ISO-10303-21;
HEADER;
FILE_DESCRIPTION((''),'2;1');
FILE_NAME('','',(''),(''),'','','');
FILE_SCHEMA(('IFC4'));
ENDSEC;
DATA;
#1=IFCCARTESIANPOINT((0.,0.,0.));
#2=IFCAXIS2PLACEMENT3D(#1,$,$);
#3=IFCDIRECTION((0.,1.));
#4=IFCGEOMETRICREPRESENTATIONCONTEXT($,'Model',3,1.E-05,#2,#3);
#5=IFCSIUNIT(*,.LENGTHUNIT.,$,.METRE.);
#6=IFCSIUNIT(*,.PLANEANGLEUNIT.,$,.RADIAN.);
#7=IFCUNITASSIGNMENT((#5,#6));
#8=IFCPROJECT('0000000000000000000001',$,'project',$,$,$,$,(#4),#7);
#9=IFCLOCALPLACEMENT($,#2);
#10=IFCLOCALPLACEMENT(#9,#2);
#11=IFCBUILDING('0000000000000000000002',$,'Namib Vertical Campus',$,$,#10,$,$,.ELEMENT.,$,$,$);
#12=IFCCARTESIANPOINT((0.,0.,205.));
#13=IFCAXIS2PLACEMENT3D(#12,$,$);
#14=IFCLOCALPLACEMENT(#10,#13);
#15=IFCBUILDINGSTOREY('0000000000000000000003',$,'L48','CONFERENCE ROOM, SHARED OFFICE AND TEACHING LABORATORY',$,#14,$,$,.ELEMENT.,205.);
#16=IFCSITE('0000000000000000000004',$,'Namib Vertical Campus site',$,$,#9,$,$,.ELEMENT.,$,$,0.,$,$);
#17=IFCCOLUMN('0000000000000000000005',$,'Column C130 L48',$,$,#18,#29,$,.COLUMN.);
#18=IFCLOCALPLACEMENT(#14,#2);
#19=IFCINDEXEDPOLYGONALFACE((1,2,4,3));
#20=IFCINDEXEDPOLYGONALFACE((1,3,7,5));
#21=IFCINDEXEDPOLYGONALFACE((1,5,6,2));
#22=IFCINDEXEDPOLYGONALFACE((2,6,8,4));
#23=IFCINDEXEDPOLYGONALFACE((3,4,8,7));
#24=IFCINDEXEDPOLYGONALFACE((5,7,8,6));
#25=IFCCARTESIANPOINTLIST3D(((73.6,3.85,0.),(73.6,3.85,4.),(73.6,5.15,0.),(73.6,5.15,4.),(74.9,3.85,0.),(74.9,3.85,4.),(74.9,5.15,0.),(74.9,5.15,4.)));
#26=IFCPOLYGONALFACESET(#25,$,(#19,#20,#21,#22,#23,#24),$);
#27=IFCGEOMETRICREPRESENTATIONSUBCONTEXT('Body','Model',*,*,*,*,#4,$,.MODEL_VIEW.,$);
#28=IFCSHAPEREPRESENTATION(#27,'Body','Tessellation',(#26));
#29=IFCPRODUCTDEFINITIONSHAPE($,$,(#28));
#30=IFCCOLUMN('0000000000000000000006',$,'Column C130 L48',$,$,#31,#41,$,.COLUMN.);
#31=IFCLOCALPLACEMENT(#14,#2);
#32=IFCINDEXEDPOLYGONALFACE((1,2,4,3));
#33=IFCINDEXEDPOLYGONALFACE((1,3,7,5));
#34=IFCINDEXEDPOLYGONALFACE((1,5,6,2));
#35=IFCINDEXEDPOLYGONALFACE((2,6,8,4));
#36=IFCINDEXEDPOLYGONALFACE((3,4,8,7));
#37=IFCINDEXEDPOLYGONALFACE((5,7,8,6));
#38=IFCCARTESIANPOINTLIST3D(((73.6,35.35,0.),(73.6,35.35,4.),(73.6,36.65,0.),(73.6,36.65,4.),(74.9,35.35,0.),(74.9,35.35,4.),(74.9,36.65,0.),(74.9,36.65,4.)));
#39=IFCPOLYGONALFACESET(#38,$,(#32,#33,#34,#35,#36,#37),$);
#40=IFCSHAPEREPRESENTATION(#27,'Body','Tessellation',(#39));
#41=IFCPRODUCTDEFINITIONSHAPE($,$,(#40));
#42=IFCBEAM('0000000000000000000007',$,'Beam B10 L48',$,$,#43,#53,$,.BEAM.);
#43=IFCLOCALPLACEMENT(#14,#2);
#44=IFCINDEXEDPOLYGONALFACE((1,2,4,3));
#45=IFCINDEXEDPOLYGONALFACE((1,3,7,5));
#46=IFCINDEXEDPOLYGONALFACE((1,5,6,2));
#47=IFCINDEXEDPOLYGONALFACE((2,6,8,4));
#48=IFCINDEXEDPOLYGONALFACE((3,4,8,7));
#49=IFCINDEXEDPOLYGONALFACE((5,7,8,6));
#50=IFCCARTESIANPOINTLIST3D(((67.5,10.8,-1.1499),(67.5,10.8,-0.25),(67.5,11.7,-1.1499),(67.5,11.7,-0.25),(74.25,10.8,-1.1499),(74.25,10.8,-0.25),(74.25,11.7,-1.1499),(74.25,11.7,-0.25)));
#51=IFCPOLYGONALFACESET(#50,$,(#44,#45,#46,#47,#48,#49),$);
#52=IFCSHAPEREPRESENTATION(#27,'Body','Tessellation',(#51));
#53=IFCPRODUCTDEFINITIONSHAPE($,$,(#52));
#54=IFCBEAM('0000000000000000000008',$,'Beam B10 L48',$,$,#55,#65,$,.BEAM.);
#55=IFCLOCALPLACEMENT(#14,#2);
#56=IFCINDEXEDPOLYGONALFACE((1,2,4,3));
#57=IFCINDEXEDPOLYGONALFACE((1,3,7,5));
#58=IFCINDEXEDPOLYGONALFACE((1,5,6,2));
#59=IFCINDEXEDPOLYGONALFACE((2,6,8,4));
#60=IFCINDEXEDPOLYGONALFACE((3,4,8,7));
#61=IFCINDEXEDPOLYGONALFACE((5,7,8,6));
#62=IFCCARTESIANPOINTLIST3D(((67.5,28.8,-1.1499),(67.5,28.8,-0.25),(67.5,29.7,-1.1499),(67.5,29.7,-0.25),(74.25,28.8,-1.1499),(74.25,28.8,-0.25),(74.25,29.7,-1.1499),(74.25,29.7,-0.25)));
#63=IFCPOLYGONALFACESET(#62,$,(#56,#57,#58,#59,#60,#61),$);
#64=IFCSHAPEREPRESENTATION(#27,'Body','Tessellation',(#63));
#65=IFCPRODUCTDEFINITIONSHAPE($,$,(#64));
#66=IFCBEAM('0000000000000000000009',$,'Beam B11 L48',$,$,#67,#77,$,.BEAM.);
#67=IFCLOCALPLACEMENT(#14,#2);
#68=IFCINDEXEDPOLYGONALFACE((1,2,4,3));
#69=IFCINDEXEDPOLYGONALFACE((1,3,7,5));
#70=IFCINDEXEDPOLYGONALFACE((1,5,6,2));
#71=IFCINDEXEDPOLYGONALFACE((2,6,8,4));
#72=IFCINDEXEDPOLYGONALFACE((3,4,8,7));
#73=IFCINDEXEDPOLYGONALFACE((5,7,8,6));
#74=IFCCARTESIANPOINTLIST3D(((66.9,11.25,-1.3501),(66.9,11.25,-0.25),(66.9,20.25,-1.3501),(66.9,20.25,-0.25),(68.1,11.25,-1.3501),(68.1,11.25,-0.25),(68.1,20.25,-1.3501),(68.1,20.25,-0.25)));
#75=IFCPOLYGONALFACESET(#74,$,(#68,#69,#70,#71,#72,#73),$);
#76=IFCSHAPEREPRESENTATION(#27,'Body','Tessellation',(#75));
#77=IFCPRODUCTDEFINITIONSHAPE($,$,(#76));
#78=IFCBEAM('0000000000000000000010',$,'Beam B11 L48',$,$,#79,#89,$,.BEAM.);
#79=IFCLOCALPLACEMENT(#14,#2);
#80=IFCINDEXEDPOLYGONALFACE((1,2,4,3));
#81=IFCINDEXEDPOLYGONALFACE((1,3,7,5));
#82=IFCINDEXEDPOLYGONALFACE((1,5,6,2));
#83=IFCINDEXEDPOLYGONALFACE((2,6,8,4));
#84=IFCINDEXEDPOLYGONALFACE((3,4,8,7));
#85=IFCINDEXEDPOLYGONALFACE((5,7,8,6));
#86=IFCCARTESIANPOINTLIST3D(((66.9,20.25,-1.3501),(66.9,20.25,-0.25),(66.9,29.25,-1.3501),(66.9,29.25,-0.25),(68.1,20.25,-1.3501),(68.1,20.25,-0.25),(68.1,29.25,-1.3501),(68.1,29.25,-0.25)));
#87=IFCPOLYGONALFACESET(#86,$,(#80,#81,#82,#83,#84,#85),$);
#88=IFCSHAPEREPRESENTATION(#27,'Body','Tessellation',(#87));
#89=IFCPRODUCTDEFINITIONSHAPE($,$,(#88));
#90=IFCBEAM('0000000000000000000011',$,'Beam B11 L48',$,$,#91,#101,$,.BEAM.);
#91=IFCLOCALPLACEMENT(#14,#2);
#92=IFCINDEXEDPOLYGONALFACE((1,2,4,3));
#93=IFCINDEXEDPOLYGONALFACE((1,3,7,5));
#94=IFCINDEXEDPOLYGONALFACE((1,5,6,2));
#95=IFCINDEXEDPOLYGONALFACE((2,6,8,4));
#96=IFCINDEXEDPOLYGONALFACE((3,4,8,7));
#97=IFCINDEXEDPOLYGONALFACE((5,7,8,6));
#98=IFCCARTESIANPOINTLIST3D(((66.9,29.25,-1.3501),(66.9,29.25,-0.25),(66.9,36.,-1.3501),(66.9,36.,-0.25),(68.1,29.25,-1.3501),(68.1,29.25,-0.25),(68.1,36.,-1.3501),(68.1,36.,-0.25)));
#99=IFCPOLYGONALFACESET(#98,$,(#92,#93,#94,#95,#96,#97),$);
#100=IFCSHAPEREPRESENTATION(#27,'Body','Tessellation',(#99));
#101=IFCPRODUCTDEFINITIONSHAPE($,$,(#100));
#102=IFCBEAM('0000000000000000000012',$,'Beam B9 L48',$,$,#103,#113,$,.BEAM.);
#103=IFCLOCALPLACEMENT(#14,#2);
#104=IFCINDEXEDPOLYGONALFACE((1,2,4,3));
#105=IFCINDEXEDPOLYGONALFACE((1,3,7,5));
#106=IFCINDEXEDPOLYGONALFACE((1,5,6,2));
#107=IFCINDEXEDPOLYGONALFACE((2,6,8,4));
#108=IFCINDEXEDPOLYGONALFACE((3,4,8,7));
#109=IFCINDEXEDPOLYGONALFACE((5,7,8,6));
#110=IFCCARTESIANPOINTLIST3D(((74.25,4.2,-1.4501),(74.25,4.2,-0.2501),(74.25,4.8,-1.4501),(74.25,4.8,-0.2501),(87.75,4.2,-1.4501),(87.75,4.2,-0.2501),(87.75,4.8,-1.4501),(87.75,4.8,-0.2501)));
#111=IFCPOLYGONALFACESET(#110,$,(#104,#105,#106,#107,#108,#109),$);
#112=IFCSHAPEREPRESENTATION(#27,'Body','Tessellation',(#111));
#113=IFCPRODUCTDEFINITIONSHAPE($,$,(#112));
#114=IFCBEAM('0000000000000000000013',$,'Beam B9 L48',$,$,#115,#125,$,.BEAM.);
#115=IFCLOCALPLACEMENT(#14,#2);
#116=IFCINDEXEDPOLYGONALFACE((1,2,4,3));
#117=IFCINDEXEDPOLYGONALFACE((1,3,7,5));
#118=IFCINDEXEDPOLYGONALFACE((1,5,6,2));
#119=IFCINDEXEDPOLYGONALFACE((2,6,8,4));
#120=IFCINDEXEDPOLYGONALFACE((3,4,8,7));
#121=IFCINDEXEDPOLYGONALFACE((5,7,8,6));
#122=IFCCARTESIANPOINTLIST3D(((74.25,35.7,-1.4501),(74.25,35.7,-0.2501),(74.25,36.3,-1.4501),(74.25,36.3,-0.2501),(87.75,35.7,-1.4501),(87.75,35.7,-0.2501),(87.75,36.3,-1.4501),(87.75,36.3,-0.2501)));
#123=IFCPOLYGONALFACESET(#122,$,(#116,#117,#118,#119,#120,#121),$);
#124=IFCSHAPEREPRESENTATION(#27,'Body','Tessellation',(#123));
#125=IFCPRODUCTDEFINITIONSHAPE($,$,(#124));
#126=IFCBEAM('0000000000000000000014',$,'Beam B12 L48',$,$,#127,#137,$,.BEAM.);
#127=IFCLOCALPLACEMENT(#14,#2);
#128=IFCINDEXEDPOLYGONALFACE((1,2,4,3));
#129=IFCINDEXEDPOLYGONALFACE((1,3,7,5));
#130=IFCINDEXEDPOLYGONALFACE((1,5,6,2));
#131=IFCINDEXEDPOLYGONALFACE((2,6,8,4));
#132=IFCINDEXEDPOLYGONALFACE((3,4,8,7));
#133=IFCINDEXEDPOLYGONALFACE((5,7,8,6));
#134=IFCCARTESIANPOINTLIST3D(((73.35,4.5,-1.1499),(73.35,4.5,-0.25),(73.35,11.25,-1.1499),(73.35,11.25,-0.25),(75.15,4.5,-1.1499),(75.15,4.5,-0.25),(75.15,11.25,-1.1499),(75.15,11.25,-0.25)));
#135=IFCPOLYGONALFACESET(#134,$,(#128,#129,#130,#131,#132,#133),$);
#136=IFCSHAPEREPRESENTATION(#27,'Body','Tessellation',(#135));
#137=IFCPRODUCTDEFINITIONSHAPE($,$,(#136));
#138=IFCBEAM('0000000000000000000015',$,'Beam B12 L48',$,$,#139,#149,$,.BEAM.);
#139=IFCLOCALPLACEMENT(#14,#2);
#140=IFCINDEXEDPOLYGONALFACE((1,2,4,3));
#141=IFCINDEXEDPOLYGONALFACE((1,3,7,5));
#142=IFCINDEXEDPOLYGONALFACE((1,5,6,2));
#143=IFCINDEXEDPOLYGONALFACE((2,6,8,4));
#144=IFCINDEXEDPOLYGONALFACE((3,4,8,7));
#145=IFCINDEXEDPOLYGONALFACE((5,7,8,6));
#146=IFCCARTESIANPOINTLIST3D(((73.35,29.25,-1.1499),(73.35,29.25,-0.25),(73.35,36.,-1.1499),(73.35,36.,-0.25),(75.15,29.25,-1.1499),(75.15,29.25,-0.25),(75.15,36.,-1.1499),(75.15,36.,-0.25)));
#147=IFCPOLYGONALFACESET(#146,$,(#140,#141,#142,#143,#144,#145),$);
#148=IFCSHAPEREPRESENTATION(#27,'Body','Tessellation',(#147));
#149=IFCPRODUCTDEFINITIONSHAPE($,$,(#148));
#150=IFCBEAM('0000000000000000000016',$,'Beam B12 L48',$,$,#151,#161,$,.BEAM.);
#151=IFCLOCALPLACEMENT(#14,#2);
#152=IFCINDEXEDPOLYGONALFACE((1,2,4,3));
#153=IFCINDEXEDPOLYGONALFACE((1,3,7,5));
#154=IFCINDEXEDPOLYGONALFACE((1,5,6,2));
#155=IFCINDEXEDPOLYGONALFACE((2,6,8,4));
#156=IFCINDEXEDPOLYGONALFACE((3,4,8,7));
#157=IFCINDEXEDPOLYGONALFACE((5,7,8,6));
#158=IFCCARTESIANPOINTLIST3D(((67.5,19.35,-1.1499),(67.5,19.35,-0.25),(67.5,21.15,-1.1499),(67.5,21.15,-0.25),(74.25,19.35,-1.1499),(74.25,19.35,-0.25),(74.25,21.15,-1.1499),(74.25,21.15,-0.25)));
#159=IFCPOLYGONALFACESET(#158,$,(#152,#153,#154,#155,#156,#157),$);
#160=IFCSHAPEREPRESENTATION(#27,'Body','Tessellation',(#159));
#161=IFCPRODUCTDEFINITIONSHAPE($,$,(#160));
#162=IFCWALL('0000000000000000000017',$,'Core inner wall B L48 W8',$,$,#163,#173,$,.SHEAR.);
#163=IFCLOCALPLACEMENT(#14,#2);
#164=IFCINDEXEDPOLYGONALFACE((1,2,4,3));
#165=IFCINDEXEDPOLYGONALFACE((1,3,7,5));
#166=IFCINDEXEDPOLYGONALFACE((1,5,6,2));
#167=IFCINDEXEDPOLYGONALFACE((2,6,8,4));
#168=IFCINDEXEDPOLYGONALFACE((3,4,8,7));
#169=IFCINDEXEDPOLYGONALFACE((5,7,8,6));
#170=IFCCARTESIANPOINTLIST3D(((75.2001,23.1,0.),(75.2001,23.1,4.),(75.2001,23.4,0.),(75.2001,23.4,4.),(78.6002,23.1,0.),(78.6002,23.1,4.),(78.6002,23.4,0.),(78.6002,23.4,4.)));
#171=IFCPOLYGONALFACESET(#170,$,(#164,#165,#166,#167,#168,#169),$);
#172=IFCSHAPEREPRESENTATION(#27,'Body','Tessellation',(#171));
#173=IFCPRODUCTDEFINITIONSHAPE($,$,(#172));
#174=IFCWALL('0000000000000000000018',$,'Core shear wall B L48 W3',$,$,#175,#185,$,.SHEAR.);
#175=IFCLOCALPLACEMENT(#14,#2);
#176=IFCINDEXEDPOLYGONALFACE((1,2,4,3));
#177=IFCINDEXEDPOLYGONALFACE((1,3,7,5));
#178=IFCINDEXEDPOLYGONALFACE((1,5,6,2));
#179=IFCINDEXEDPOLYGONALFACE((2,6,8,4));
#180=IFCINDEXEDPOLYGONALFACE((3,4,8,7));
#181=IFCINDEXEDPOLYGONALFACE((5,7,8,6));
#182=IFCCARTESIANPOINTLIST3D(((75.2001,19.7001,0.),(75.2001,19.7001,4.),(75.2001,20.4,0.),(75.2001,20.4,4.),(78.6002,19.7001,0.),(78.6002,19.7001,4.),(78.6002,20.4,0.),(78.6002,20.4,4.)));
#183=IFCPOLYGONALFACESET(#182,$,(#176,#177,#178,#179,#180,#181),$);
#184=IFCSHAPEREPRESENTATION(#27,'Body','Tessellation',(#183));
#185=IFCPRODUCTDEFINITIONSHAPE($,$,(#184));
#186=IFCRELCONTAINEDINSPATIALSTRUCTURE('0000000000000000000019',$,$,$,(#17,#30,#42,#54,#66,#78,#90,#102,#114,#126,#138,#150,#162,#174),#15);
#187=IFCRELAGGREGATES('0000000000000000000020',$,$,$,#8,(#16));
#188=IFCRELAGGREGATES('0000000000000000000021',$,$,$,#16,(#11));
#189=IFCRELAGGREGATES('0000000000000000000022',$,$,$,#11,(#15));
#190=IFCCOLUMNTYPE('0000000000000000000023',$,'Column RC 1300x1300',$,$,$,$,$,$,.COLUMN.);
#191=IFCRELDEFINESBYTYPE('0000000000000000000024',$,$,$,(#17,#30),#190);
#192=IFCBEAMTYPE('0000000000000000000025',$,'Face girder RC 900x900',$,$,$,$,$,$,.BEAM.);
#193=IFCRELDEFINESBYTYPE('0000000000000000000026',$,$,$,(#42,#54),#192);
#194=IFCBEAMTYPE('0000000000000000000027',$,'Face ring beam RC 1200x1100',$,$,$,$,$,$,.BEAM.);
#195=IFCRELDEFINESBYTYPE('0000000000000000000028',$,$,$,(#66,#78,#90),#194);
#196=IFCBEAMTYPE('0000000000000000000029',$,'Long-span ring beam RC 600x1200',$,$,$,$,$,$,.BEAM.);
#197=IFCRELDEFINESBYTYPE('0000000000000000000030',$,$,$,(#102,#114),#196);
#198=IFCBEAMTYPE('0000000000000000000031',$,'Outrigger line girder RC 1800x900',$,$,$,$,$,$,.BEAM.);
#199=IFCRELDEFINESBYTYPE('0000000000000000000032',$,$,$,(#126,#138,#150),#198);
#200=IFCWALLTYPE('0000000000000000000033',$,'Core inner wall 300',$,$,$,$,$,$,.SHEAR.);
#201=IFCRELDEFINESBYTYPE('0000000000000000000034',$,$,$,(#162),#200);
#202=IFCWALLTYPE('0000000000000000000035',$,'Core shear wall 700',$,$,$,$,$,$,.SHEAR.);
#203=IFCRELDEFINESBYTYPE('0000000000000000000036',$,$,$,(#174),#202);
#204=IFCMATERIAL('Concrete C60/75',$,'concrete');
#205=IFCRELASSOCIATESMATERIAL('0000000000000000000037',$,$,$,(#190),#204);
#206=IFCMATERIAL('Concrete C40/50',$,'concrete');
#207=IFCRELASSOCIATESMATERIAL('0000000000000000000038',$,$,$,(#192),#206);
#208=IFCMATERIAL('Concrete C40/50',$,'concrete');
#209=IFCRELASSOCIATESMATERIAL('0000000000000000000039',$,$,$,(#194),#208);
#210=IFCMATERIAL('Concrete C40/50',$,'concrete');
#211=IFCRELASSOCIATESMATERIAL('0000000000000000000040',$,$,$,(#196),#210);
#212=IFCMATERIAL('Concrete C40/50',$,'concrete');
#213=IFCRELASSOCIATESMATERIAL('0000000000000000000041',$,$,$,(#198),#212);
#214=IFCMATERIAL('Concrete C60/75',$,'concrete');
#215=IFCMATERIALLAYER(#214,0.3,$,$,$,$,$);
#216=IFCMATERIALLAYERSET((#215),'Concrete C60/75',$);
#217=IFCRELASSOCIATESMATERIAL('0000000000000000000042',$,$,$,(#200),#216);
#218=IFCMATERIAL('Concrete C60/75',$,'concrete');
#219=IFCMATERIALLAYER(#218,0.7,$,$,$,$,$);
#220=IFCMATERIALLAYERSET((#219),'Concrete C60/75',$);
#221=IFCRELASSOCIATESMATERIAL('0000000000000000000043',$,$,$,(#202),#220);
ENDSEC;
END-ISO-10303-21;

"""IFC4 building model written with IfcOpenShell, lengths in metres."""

from ifc_helpers import new_model, si_unit, direction, frame, frame_2d, origin, origin_2d, place, context, subcontext, project, spatial, rectangle, extrude, material, layer, layer_set, material_profile, profile_set, type_object, element, save


model = new_model("IFC4")

# Units and contexts
model_context = context("Model", 3, precision=1e-05, world=origin(), true_north=direction((0.0, 1.0)))
body_context = subcontext(model_context, "Body", "Model", "MODEL_VIEW")
ifc_project = project(units=[si_unit("LENGTHUNIT", "METRE"), si_unit("PLANEANGLEUNIT", "RADIAN")], contexts=[model_context])

# Site, building, storey
site_placement = place(None, origin())
site = spatial("IfcSite", under=ifc_project, at=site_placement, Name="Namib Vertical Campus site", CompositionType="ELEMENT", RefElevation=0.0)
building_placement = place(site_placement, origin())
building = spatial("IfcBuilding", under=site, at=building_placement, Name="Namib Vertical Campus", CompositionType="ELEMENT")
storey_placement = place(building_placement, frame((0.0, 0.0, 205.0)))
storey = spatial("IfcBuildingStorey", under=building, at=storey_placement, Name="L48", Description="CONFERENCE ROOM, SHARED OFFICE AND TEACHING LABORATORY", CompositionType="ELEMENT", Elevation=205.0)

# Columns
ifc_material_1 = material(Name="Concrete C60/75", Category="concrete")
ifc_material_profile_1 = material_profile(ifc_material_1, rectangle(XDim=1.3, YDim=1.3, at=origin_2d()))
ifc_profile_set_1 = profile_set([ifc_material_profile_1], Name="Concrete C60/75")
column_type = type_object("IfcColumnType", Name="Column RC 1300x1300", PredefinedType="COLUMN", material=ifc_profile_set_1)
for number, where, z_axis, x_axis, name in (
    (1, (74.25, 4.5, 0.0), (0.0, 0.0, 1.0), (1.0, 0.0, 0.0), "Column C130 L48"),
    (2, (74.25, 36.0, 0.0), (0.0, 0.0, 1.0), (1.0, 0.0, 0.0), "Column C130 L48"),
):
    element("IfcColumn", number, at=place(storey_placement, frame(where, z_axis=z_axis, x_axis=x_axis)), inside=storey, type_object=column_type, Name=name, PredefinedType="COLUMN", context=body_context, shape_type="SweptSolid", body=[
        extrude(rectangle(XDim=1.3, YDim=1.3, at=origin_2d()), origin(), (0.0, 0.0, 1.0), 4.0),
    ])

# Beams
ifc_material_2 = material(Name="Concrete C40/50", Category="concrete")
ifc_material_profile_2 = material_profile(ifc_material_2, rectangle(XDim=0.8999, YDim=0.8999, at=origin_2d()))
ifc_profile_set_2 = profile_set([ifc_material_profile_2], Name="Concrete C40/50")
beam_type_1 = type_object("IfcBeamType", Name="Face girder RC 900x900", PredefinedType="BEAM", material=ifc_profile_set_2)
for number, where, z_axis, x_axis, name in (
    (3, (67.5, 11.25, -0.7), (1.0, 0.0, 0.0), (0.0, 1.0, 0.0), "Beam B10 L48"),
    (4, (67.5, 29.25, -0.7), (1.0, 0.0, 0.0), (0.0, 1.0, 0.0), "Beam B10 L48"),
):
    element("IfcBeam", number, at=place(storey_placement, frame(where, z_axis=z_axis, x_axis=x_axis)), inside=storey, type_object=beam_type_1, Name=name, PredefinedType="BEAM", context=body_context, shape_type="SweptSolid", body=[
        extrude(rectangle(XDim=0.8999, YDim=0.8999, at=origin_2d()), origin(), (0.0, 0.0, 1.0), 6.75),
    ])
ifc_material_3 = material(Name="Concrete C40/50", Category="concrete")
ifc_material_profile_3 = material_profile(ifc_material_3, rectangle(XDim=1.2, YDim=1.1001, at=origin_2d()))
ifc_profile_set_3 = profile_set([ifc_material_profile_3], Name="Concrete C40/50")
beam_type_2 = type_object("IfcBeamType", Name="Face ring beam RC 1200x1100", PredefinedType="BEAM", material=ifc_profile_set_3)
for number, where, z_axis, x_axis, name in (
    (5, (67.5, 11.25, -0.8), (0.0, 1.0, 0.0), (-1.0, 0.0, 0.0), "Beam B11 L48"),
    (6, (67.5, 20.25, -0.8), (0.0, 1.0, 0.0), (-1.0, 0.0, 0.0), "Beam B11 L48"),
):
    element("IfcBeam", number, at=place(storey_placement, frame(where, z_axis=z_axis, x_axis=x_axis)), inside=storey, type_object=beam_type_2, Name=name, PredefinedType="BEAM", context=body_context, shape_type="SweptSolid", body=[
        extrude(rectangle(XDim=1.2, YDim=1.1001, at=origin_2d()), origin(), (0.0, 0.0, 1.0), 9.0),
    ])
beam_placement = place(storey_placement, frame((67.5, 29.25, -0.8), z_axis=(0.0, 1.0, 0.0), x_axis=(-1.0, 0.0, 0.0)))
element("IfcBeam", 7, at=beam_placement, inside=storey, type_object=beam_type_2, Name="Beam B11 L48", PredefinedType="BEAM", context=body_context, shape_type="SweptSolid", body=[
    extrude(rectangle(XDim=1.2, YDim=1.1001, at=origin_2d()), origin(), (0.0, 0.0, 1.0), 6.75),
])
ifc_material_4 = material(Name="Concrete C40/50", Category="concrete")
ifc_material_profile_4 = material_profile(ifc_material_4, rectangle(XDim=0.6001, YDim=1.2, at=origin_2d()))
ifc_profile_set_4 = profile_set([ifc_material_profile_4], Name="Concrete C40/50")
beam_type_3 = type_object("IfcBeamType", Name="Long-span ring beam RC 600x1200", PredefinedType="BEAM", material=ifc_profile_set_4)
for number, where, z_axis, x_axis, name in (
    (8, (74.25, 4.5, -0.8501), (1.0, 0.0, 0.0), (0.0, 1.0, 0.0), "Beam B9 L48"),
    (9, (74.25, 36.0, -0.8501), (1.0, 0.0, 0.0), (0.0, 1.0, 0.0), "Beam B9 L48"),
):
    element("IfcBeam", number, at=place(storey_placement, frame(where, z_axis=z_axis, x_axis=x_axis)), inside=storey, type_object=beam_type_3, Name=name, PredefinedType="BEAM", context=body_context, shape_type="SweptSolid", body=[
        extrude(rectangle(XDim=0.6001, YDim=1.2, at=origin_2d()), origin(), (0.0, 0.0, 1.0), 13.5),
    ])
ifc_material_5 = material(Name="Concrete C40/50", Category="concrete")
ifc_material_profile_5 = material_profile(ifc_material_5, rectangle(XDim=1.8, YDim=0.8999, at=origin_2d()))
ifc_profile_set_5 = profile_set([ifc_material_profile_5], Name="Concrete C40/50")
beam_type_4 = type_object("IfcBeamType", Name="Outrigger line girder RC 1800x900", PredefinedType="BEAM", material=ifc_profile_set_5)
for number, where, z_axis, x_axis, name in (
    (10, (74.25, 4.5, -0.7), (0.0, 1.0, 0.0), (-1.0, 0.0, 0.0), "Beam B12 L48"),
    (11, (74.25, 36.0, -0.7), (0.0, -1.0, 0.0), (1.0, 0.0, 0.0), "Beam B12 L48"),
    (12, (67.5, 20.25, -0.7), (1.0, 0.0, 0.0), (0.0, 1.0, 0.0), "Beam B12 L48"),
):
    element("IfcBeam", number, at=place(storey_placement, frame(where, z_axis=z_axis, x_axis=x_axis)), inside=storey, type_object=beam_type_4, Name=name, PredefinedType="BEAM", context=body_context, shape_type="SweptSolid", body=[
        extrude(rectangle(XDim=1.8, YDim=0.8999, at=origin_2d()), origin(), (0.0, 0.0, 1.0), 6.75),
    ])

# Walls
ifc_material_6 = material(Name="Concrete C60/75", Category="concrete")
ifc_layer_1 = layer(ifc_material_6, 0.3)
ifc_layer_set_1 = layer_set([ifc_layer_1], Name="Concrete C60/75")
wall_type_1 = type_object("IfcWallType", Name="Core inner wall 300", PredefinedType="SHEAR", material=ifc_layer_set_1)
wall_1_placement = place(storey_placement, frame((75.2, 23.25, 0.0), z_axis=(0.0, 0.0, 1.0), x_axis=(1.0, 0.0, 0.0)))
element("IfcWall", 13, at=wall_1_placement, inside=storey, type_object=wall_type_1, Name="Core inner wall B L48 W8", PredefinedType="SHEAR", context=body_context, shape_type="SweptSolid", body=[
    extrude(rectangle(XDim=3.4001, YDim=0.3, at=frame_2d((1.7002, 0.0))), origin(), (0.0, 0.0, 1.0), 4.0),
])
ifc_material_7 = material(Name="Concrete C60/75", Category="concrete")
ifc_layer_2 = layer(ifc_material_7, 0.7)
ifc_layer_set_2 = layer_set([ifc_layer_2], Name="Concrete C60/75")
wall_type_2 = type_object("IfcWallType", Name="Core shear wall 700", PredefinedType="SHEAR", material=ifc_layer_set_2)
wall_2_placement = place(storey_placement, frame((75.2, 20.05, 0.0), z_axis=(0.0, 0.0, 1.0), x_axis=(1.0, 0.0, 0.0)))
element("IfcWall", 14, at=wall_2_placement, inside=storey, type_object=wall_type_2, Name="Core shear wall B L48 W3", PredefinedType="SHEAR", context=body_context, shape_type="SweptSolid", body=[
    extrude(rectangle(XDim=3.4001, YDim=0.7, at=frame_2d((1.7002, 0.0))), origin(), (0.0, 0.0, 1.0), 4.0),
])

save(model, "model.ifc")
